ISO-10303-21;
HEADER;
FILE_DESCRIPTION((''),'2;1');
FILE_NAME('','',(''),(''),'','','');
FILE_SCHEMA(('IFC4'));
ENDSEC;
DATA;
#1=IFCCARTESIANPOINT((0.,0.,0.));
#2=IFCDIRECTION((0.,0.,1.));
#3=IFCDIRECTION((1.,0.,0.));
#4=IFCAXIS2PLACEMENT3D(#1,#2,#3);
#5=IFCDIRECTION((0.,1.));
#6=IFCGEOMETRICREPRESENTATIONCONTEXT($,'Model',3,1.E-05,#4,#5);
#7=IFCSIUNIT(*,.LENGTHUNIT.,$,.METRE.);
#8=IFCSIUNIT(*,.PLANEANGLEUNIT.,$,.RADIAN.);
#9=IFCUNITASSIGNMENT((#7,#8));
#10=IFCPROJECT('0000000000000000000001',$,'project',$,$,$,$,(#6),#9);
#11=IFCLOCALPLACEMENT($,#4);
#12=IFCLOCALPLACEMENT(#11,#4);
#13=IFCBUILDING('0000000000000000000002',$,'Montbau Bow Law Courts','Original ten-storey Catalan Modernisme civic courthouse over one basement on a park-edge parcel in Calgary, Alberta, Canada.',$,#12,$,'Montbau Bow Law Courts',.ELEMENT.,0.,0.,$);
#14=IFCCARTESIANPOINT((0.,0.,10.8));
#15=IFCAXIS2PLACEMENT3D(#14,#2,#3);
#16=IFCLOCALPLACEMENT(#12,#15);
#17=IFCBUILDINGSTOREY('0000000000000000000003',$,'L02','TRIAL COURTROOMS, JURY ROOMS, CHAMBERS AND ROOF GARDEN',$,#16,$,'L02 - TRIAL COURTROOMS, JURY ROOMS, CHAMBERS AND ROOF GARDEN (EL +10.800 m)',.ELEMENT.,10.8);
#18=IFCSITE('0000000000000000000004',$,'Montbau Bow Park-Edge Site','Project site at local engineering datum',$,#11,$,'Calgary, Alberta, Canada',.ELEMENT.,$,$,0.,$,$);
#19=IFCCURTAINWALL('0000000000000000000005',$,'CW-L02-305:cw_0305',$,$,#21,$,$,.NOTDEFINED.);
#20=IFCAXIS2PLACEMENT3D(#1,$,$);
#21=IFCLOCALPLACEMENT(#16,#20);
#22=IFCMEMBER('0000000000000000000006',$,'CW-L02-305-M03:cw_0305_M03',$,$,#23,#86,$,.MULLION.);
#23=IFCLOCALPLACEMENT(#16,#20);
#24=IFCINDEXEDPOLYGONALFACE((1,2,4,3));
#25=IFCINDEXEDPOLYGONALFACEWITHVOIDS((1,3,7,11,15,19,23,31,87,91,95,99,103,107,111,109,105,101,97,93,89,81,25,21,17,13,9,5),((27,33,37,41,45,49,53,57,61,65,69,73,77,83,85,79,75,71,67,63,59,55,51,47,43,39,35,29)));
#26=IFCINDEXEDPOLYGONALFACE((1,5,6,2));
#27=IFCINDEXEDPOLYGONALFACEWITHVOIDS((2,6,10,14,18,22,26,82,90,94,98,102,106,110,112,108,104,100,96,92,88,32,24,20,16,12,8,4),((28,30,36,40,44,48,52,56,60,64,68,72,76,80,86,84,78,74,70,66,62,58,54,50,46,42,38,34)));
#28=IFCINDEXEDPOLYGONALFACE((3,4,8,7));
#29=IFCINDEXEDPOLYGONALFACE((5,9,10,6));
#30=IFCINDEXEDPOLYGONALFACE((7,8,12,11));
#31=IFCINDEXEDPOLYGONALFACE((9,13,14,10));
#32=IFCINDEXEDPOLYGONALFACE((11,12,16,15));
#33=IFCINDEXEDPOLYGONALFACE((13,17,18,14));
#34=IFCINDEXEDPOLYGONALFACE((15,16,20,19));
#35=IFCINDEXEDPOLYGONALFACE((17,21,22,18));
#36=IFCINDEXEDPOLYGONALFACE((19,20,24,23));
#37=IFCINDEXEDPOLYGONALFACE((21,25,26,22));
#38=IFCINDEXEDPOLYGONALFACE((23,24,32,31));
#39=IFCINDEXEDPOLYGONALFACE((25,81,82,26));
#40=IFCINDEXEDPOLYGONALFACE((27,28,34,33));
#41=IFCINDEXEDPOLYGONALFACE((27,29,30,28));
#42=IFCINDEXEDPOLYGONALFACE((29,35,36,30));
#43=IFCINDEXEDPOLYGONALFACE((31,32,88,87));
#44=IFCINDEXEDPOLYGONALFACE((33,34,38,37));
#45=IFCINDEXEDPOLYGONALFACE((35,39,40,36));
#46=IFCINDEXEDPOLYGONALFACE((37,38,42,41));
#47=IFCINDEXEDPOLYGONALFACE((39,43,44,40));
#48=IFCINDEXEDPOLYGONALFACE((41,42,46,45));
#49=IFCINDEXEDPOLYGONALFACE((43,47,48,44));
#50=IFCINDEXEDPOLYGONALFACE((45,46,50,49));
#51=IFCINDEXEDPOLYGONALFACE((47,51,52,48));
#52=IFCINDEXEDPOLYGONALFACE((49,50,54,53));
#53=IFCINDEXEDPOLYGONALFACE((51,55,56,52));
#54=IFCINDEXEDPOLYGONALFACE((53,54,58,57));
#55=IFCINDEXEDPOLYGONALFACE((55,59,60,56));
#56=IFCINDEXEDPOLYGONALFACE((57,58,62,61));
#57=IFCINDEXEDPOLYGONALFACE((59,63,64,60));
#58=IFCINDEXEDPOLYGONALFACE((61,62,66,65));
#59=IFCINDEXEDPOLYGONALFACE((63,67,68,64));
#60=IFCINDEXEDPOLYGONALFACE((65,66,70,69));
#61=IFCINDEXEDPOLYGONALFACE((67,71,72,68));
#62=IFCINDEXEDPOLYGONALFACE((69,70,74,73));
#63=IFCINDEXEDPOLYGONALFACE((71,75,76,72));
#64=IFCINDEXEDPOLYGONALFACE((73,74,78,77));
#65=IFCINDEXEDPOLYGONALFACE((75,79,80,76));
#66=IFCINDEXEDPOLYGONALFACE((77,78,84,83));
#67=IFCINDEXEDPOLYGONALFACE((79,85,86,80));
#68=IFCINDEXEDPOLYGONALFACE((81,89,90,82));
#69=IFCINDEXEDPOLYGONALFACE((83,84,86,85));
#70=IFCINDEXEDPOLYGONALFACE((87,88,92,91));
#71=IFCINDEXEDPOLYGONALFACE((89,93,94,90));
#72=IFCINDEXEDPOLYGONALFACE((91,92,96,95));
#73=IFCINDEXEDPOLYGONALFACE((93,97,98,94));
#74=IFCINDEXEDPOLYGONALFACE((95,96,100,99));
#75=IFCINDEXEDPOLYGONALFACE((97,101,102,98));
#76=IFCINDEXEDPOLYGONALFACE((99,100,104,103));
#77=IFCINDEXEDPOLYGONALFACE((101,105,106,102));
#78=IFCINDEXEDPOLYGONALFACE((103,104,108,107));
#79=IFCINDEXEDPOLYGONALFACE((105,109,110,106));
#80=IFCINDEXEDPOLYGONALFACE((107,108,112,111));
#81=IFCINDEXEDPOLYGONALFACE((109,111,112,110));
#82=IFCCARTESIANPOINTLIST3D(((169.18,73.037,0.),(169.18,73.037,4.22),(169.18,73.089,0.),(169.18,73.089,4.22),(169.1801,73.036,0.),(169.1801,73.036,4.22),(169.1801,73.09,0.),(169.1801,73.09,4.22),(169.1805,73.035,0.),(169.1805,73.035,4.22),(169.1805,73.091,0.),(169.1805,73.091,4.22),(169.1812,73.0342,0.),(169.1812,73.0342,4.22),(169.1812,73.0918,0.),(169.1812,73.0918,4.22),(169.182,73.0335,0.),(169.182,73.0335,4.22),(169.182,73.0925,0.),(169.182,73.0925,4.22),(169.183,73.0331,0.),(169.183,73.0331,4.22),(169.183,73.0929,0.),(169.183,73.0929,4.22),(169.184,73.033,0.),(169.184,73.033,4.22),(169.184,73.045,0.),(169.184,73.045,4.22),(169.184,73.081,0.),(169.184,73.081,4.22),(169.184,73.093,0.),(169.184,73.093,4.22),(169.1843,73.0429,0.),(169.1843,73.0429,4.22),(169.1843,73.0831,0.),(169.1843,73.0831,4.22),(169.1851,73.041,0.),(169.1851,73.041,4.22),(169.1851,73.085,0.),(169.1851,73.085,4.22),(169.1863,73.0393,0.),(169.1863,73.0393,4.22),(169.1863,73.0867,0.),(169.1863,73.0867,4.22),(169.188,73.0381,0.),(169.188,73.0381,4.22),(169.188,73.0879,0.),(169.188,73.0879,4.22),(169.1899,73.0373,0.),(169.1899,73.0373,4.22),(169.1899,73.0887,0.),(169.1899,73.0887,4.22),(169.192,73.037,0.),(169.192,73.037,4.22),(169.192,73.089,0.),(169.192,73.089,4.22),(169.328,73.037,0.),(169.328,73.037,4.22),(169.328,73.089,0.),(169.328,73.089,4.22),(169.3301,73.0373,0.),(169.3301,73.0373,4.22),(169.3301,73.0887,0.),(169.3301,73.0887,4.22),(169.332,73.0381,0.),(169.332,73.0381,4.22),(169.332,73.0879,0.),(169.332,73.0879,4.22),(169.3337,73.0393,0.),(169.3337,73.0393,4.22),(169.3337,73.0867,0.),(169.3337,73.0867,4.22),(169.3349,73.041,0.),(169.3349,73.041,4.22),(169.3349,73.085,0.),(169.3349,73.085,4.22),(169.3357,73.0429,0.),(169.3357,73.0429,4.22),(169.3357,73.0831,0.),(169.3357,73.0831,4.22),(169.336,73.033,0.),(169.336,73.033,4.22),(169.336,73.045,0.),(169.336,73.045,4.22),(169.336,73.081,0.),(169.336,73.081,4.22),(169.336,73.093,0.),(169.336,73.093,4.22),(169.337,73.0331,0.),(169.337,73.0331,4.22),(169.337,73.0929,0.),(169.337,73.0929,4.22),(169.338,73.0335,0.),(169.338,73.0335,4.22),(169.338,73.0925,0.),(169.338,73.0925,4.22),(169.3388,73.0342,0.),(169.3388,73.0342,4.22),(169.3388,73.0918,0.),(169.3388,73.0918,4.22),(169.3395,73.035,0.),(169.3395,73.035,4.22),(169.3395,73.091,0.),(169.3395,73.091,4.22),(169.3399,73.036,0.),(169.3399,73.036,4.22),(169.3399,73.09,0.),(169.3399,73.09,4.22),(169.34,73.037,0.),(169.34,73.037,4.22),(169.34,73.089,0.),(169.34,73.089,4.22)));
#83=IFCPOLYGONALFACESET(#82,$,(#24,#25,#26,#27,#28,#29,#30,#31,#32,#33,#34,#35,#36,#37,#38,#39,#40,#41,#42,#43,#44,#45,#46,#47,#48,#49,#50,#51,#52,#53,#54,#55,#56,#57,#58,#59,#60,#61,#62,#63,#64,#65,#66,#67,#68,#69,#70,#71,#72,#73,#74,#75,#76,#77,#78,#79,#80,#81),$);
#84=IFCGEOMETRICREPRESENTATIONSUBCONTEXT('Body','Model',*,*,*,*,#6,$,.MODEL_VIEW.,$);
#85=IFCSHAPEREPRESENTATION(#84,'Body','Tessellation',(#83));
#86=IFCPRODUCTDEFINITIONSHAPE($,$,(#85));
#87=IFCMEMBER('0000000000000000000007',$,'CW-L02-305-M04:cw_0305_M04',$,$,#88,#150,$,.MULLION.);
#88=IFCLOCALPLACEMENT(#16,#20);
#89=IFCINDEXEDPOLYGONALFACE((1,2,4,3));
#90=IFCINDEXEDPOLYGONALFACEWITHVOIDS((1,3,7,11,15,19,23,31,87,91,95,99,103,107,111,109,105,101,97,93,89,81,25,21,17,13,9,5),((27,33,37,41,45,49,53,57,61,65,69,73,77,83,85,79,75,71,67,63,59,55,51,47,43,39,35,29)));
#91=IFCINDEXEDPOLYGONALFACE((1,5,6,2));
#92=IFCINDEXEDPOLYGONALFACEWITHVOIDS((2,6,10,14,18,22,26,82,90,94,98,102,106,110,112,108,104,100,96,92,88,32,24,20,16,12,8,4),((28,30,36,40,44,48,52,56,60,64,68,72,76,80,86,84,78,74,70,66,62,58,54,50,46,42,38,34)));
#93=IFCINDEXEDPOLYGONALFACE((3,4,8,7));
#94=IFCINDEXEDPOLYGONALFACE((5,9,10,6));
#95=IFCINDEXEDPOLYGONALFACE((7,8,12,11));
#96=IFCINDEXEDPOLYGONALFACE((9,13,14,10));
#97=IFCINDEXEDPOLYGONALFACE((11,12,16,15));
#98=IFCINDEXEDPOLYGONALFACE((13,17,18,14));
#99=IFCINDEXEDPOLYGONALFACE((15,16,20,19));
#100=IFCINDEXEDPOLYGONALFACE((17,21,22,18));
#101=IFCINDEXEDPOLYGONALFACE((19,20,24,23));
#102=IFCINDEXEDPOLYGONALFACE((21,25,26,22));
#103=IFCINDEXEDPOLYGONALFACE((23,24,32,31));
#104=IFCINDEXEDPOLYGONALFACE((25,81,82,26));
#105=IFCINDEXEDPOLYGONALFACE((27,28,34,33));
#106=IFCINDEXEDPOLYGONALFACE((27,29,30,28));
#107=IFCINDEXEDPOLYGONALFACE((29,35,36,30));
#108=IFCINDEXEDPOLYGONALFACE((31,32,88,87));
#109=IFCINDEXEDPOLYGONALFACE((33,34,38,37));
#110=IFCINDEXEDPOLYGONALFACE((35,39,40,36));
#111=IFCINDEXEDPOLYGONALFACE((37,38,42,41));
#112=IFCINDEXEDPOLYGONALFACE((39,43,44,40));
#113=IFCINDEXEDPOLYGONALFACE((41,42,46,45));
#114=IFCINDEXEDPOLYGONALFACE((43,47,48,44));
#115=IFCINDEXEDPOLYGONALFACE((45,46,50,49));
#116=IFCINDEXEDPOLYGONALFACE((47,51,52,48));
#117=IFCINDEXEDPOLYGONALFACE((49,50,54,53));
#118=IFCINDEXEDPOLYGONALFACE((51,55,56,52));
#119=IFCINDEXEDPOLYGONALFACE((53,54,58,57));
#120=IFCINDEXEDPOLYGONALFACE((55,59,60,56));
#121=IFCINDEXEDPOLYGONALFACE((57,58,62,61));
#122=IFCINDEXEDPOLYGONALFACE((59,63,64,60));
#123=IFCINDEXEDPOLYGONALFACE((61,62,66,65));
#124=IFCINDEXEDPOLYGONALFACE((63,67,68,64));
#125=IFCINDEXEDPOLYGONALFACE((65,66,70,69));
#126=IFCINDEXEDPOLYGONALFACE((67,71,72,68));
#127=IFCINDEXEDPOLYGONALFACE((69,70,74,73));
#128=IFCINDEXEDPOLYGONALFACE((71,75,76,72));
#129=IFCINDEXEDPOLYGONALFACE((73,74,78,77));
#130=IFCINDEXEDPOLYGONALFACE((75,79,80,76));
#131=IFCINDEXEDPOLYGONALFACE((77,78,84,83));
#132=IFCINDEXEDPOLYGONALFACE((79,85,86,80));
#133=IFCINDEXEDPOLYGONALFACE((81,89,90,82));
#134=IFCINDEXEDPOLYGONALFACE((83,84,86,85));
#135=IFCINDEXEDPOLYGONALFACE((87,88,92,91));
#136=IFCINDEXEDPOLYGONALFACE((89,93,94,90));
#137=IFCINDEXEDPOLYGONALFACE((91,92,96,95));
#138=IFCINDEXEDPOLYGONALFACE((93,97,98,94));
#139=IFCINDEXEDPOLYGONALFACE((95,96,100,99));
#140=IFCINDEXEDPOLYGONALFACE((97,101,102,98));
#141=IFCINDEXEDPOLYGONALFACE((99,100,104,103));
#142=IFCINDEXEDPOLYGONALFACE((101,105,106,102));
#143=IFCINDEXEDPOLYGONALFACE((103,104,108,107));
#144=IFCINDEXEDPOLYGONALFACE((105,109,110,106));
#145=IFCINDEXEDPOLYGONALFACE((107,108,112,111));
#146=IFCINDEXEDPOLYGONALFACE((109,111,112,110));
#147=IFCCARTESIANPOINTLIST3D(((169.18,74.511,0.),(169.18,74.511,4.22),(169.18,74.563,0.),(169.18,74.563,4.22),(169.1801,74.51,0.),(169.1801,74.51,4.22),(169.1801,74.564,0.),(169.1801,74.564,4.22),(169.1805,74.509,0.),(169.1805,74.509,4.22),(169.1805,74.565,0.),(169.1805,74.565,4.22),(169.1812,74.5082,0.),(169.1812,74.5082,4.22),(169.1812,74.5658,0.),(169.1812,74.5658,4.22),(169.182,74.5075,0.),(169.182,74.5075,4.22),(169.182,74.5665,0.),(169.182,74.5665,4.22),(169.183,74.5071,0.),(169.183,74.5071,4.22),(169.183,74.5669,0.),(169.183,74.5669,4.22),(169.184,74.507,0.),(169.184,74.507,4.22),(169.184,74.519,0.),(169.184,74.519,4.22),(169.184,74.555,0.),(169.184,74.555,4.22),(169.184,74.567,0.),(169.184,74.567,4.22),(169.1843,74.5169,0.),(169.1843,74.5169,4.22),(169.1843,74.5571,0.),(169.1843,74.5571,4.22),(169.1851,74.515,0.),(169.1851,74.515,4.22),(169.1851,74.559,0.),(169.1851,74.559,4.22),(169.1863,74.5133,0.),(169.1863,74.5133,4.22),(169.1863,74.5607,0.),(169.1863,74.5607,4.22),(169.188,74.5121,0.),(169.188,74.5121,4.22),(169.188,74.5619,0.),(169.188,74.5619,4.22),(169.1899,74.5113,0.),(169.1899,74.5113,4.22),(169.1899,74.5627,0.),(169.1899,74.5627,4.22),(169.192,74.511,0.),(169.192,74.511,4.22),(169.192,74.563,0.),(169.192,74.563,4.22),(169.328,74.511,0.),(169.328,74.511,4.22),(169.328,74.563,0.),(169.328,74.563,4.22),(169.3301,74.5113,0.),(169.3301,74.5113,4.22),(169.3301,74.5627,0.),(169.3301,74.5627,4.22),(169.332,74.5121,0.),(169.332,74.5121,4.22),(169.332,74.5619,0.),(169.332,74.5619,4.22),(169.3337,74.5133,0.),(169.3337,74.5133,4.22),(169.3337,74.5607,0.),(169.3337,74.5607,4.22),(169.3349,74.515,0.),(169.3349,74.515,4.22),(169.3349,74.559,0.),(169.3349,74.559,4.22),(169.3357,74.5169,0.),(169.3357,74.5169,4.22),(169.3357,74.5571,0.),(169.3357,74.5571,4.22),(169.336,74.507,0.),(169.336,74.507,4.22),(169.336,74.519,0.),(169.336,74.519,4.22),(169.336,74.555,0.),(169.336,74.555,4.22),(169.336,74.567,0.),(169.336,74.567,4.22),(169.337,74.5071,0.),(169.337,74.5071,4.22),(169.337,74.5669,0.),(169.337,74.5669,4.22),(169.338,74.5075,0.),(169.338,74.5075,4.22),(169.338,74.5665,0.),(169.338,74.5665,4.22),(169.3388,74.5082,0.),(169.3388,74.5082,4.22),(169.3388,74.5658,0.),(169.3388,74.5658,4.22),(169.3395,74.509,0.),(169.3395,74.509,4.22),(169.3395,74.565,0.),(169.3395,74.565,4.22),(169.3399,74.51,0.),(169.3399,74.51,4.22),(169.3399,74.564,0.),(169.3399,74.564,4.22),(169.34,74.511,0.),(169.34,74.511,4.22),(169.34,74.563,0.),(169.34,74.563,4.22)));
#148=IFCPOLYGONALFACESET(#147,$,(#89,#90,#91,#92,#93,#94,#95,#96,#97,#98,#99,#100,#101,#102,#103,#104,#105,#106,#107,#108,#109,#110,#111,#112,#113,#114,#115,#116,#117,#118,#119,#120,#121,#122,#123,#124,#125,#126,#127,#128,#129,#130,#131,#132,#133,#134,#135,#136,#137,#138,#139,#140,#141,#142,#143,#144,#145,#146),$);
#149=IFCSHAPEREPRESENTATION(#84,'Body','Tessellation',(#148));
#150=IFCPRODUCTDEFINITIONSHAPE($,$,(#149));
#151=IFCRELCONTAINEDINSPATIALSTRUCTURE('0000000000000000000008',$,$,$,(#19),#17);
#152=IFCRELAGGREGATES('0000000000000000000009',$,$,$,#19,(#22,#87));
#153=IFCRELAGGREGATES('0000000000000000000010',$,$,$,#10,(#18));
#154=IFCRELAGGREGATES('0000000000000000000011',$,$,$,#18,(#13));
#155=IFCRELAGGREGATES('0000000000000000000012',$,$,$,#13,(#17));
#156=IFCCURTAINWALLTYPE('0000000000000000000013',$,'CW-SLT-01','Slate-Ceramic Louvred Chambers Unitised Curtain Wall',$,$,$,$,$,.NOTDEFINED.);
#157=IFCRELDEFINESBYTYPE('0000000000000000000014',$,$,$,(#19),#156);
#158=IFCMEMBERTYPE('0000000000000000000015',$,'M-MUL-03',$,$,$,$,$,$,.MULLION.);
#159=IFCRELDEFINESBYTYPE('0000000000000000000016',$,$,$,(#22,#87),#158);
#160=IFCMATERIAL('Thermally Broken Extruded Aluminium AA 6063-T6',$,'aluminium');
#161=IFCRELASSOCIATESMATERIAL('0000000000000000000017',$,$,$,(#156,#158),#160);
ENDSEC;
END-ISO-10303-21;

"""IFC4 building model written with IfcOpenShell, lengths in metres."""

from ifc_helpers import new_model, si_unit, direction, frame, origin_with_axes, origin_2d_with_axis, place, context, subcontext, project, spatial, hollow_rectangle, extrude, material, material_profile, profile_set, type_object, element, aggregate, save


model = new_model("IFC4")

# Units and contexts
model_context = context("Model", 3, precision=1e-05, world=origin_with_axes(), true_north=direction((0.0, 1.0)))
body_context = subcontext(model_context, "Body", "Model", "MODEL_VIEW")
ifc_project = project(units=[si_unit("LENGTHUNIT", "METRE"), si_unit("PLANEANGLEUNIT", "RADIAN")], contexts=[model_context])

# Site, building, storey
site_placement = place(None, origin_with_axes())
site = spatial("IfcSite", under=ifc_project, at=site_placement, Name="Montbau Bow Park-Edge Site", Description="Project site at local engineering datum", LongName="Calgary, Alberta, Canada", CompositionType="ELEMENT", RefElevation=0.0)
building_placement = place(site_placement, origin_with_axes())
building = spatial("IfcBuilding", under=site, at=building_placement, Name="Montbau Bow Law Courts", Description="Original ten-storey Catalan Modernisme civic courthouse over one basement on a park-edge parcel in Calgary, Alberta, Canada.", LongName="Montbau Bow Law Courts", CompositionType="ELEMENT", ElevationOfRefHeight=0.0, ElevationOfTerrain=0.0)
storey_placement = place(building_placement, frame((0.0, 0.0, 10.8), z_axis=(0.0, 0.0, 1.0), x_axis=(1.0, 0.0, 0.0)))
storey = spatial("IfcBuildingStorey", under=building, at=storey_placement, Name="L02", Description="TRIAL COURTROOMS, JURY ROOMS, CHAMBERS AND ROOF GARDEN", LongName="L02 - TRIAL COURTROOMS, JURY ROOMS, CHAMBERS AND ROOF GARDEN (EL +10.800 m)", CompositionType="ELEMENT", Elevation=10.8)

# Curtain wall, members
ifc_material_1 = material(Name="Thermally Broken Extruded Aluminium AA 6063-T6", Category="aluminium")
curtain_wall_type = type_object("IfcCurtainWallType", Name="CW-SLT-01", Description="Slate-Ceramic Louvred Chambers Unitised Curtain Wall", PredefinedType="NOTDEFINED", material=ifc_material_1)
curtain_wall_placement = place(None, frame((169.26, 70.115, 10.8), z_axis=(0.0, 0.0, 1.0), x_axis=(1.0, 0.0, 0.0)))
curtain_wall = element("IfcCurtainWall", 1, at=curtain_wall_placement, inside=storey, type_object=curtain_wall_type, Name="CW-L02-305:cw_0305", PredefinedType="NOTDEFINED")
ifc_material_profile_1 = material_profile(ifc_material_1, hollow_rectangle(XDim=0.06, YDim=0.16, WallThickness=0.004, InnerFilletRadius=0.008, OuterFilletRadius=0.004, at=origin_2d_with_axis()), Name="CWM-160X60", Category="Main", Priority=0)
ifc_profile_set_1 = profile_set([ifc_material_profile_1], Name="Thermally Broken Extruded Aluminium AA 6063-T6")
member_type_1 = type_object("IfcMemberType", Name="M-MUL-03", PredefinedType="MULLION", material=ifc_profile_set_1)
member_1_placement = place(None, frame((169.26, 73.063, 10.8), z_axis=(0.0, 0.0, 1.0), x_axis=(0.0, 1.0, 0.0)))
member_1 = element("IfcMember", 2, at=member_1_placement, type_object=member_type_1, Name="CW-L02-305-M03:cw_0305_M03", PredefinedType="MULLION", context=body_context, shape_type="SweptSolid", body=[
    extrude(hollow_rectangle(XDim=0.06, YDim=0.16, WallThickness=0.004, InnerFilletRadius=0.008, OuterFilletRadius=0.004, at=origin_2d_with_axis()), origin_with_axes(), (0.0, 0.0, 1.0), 4.22),
])
member_2_placement = place(None, frame((169.26, 74.537, 10.8), z_axis=(0.0, 0.0, 1.0), x_axis=(0.0, 1.0, 0.0)))
member_2 = element("IfcMember", 3, at=member_2_placement, type_object=member_type_1, Name="CW-L02-305-M04:cw_0305_M04", PredefinedType="MULLION", context=body_context, shape_type="SweptSolid", body=[
    extrude(hollow_rectangle(XDim=0.06, YDim=0.16, WallThickness=0.004, InnerFilletRadius=0.008, OuterFilletRadius=0.004, at=origin_2d_with_axis()), origin_with_axes(), (0.0, 0.0, 1.0), 4.22),
])
aggregate(curtain_wall, [member_1, member_2])

save(model, "model.ifc")
